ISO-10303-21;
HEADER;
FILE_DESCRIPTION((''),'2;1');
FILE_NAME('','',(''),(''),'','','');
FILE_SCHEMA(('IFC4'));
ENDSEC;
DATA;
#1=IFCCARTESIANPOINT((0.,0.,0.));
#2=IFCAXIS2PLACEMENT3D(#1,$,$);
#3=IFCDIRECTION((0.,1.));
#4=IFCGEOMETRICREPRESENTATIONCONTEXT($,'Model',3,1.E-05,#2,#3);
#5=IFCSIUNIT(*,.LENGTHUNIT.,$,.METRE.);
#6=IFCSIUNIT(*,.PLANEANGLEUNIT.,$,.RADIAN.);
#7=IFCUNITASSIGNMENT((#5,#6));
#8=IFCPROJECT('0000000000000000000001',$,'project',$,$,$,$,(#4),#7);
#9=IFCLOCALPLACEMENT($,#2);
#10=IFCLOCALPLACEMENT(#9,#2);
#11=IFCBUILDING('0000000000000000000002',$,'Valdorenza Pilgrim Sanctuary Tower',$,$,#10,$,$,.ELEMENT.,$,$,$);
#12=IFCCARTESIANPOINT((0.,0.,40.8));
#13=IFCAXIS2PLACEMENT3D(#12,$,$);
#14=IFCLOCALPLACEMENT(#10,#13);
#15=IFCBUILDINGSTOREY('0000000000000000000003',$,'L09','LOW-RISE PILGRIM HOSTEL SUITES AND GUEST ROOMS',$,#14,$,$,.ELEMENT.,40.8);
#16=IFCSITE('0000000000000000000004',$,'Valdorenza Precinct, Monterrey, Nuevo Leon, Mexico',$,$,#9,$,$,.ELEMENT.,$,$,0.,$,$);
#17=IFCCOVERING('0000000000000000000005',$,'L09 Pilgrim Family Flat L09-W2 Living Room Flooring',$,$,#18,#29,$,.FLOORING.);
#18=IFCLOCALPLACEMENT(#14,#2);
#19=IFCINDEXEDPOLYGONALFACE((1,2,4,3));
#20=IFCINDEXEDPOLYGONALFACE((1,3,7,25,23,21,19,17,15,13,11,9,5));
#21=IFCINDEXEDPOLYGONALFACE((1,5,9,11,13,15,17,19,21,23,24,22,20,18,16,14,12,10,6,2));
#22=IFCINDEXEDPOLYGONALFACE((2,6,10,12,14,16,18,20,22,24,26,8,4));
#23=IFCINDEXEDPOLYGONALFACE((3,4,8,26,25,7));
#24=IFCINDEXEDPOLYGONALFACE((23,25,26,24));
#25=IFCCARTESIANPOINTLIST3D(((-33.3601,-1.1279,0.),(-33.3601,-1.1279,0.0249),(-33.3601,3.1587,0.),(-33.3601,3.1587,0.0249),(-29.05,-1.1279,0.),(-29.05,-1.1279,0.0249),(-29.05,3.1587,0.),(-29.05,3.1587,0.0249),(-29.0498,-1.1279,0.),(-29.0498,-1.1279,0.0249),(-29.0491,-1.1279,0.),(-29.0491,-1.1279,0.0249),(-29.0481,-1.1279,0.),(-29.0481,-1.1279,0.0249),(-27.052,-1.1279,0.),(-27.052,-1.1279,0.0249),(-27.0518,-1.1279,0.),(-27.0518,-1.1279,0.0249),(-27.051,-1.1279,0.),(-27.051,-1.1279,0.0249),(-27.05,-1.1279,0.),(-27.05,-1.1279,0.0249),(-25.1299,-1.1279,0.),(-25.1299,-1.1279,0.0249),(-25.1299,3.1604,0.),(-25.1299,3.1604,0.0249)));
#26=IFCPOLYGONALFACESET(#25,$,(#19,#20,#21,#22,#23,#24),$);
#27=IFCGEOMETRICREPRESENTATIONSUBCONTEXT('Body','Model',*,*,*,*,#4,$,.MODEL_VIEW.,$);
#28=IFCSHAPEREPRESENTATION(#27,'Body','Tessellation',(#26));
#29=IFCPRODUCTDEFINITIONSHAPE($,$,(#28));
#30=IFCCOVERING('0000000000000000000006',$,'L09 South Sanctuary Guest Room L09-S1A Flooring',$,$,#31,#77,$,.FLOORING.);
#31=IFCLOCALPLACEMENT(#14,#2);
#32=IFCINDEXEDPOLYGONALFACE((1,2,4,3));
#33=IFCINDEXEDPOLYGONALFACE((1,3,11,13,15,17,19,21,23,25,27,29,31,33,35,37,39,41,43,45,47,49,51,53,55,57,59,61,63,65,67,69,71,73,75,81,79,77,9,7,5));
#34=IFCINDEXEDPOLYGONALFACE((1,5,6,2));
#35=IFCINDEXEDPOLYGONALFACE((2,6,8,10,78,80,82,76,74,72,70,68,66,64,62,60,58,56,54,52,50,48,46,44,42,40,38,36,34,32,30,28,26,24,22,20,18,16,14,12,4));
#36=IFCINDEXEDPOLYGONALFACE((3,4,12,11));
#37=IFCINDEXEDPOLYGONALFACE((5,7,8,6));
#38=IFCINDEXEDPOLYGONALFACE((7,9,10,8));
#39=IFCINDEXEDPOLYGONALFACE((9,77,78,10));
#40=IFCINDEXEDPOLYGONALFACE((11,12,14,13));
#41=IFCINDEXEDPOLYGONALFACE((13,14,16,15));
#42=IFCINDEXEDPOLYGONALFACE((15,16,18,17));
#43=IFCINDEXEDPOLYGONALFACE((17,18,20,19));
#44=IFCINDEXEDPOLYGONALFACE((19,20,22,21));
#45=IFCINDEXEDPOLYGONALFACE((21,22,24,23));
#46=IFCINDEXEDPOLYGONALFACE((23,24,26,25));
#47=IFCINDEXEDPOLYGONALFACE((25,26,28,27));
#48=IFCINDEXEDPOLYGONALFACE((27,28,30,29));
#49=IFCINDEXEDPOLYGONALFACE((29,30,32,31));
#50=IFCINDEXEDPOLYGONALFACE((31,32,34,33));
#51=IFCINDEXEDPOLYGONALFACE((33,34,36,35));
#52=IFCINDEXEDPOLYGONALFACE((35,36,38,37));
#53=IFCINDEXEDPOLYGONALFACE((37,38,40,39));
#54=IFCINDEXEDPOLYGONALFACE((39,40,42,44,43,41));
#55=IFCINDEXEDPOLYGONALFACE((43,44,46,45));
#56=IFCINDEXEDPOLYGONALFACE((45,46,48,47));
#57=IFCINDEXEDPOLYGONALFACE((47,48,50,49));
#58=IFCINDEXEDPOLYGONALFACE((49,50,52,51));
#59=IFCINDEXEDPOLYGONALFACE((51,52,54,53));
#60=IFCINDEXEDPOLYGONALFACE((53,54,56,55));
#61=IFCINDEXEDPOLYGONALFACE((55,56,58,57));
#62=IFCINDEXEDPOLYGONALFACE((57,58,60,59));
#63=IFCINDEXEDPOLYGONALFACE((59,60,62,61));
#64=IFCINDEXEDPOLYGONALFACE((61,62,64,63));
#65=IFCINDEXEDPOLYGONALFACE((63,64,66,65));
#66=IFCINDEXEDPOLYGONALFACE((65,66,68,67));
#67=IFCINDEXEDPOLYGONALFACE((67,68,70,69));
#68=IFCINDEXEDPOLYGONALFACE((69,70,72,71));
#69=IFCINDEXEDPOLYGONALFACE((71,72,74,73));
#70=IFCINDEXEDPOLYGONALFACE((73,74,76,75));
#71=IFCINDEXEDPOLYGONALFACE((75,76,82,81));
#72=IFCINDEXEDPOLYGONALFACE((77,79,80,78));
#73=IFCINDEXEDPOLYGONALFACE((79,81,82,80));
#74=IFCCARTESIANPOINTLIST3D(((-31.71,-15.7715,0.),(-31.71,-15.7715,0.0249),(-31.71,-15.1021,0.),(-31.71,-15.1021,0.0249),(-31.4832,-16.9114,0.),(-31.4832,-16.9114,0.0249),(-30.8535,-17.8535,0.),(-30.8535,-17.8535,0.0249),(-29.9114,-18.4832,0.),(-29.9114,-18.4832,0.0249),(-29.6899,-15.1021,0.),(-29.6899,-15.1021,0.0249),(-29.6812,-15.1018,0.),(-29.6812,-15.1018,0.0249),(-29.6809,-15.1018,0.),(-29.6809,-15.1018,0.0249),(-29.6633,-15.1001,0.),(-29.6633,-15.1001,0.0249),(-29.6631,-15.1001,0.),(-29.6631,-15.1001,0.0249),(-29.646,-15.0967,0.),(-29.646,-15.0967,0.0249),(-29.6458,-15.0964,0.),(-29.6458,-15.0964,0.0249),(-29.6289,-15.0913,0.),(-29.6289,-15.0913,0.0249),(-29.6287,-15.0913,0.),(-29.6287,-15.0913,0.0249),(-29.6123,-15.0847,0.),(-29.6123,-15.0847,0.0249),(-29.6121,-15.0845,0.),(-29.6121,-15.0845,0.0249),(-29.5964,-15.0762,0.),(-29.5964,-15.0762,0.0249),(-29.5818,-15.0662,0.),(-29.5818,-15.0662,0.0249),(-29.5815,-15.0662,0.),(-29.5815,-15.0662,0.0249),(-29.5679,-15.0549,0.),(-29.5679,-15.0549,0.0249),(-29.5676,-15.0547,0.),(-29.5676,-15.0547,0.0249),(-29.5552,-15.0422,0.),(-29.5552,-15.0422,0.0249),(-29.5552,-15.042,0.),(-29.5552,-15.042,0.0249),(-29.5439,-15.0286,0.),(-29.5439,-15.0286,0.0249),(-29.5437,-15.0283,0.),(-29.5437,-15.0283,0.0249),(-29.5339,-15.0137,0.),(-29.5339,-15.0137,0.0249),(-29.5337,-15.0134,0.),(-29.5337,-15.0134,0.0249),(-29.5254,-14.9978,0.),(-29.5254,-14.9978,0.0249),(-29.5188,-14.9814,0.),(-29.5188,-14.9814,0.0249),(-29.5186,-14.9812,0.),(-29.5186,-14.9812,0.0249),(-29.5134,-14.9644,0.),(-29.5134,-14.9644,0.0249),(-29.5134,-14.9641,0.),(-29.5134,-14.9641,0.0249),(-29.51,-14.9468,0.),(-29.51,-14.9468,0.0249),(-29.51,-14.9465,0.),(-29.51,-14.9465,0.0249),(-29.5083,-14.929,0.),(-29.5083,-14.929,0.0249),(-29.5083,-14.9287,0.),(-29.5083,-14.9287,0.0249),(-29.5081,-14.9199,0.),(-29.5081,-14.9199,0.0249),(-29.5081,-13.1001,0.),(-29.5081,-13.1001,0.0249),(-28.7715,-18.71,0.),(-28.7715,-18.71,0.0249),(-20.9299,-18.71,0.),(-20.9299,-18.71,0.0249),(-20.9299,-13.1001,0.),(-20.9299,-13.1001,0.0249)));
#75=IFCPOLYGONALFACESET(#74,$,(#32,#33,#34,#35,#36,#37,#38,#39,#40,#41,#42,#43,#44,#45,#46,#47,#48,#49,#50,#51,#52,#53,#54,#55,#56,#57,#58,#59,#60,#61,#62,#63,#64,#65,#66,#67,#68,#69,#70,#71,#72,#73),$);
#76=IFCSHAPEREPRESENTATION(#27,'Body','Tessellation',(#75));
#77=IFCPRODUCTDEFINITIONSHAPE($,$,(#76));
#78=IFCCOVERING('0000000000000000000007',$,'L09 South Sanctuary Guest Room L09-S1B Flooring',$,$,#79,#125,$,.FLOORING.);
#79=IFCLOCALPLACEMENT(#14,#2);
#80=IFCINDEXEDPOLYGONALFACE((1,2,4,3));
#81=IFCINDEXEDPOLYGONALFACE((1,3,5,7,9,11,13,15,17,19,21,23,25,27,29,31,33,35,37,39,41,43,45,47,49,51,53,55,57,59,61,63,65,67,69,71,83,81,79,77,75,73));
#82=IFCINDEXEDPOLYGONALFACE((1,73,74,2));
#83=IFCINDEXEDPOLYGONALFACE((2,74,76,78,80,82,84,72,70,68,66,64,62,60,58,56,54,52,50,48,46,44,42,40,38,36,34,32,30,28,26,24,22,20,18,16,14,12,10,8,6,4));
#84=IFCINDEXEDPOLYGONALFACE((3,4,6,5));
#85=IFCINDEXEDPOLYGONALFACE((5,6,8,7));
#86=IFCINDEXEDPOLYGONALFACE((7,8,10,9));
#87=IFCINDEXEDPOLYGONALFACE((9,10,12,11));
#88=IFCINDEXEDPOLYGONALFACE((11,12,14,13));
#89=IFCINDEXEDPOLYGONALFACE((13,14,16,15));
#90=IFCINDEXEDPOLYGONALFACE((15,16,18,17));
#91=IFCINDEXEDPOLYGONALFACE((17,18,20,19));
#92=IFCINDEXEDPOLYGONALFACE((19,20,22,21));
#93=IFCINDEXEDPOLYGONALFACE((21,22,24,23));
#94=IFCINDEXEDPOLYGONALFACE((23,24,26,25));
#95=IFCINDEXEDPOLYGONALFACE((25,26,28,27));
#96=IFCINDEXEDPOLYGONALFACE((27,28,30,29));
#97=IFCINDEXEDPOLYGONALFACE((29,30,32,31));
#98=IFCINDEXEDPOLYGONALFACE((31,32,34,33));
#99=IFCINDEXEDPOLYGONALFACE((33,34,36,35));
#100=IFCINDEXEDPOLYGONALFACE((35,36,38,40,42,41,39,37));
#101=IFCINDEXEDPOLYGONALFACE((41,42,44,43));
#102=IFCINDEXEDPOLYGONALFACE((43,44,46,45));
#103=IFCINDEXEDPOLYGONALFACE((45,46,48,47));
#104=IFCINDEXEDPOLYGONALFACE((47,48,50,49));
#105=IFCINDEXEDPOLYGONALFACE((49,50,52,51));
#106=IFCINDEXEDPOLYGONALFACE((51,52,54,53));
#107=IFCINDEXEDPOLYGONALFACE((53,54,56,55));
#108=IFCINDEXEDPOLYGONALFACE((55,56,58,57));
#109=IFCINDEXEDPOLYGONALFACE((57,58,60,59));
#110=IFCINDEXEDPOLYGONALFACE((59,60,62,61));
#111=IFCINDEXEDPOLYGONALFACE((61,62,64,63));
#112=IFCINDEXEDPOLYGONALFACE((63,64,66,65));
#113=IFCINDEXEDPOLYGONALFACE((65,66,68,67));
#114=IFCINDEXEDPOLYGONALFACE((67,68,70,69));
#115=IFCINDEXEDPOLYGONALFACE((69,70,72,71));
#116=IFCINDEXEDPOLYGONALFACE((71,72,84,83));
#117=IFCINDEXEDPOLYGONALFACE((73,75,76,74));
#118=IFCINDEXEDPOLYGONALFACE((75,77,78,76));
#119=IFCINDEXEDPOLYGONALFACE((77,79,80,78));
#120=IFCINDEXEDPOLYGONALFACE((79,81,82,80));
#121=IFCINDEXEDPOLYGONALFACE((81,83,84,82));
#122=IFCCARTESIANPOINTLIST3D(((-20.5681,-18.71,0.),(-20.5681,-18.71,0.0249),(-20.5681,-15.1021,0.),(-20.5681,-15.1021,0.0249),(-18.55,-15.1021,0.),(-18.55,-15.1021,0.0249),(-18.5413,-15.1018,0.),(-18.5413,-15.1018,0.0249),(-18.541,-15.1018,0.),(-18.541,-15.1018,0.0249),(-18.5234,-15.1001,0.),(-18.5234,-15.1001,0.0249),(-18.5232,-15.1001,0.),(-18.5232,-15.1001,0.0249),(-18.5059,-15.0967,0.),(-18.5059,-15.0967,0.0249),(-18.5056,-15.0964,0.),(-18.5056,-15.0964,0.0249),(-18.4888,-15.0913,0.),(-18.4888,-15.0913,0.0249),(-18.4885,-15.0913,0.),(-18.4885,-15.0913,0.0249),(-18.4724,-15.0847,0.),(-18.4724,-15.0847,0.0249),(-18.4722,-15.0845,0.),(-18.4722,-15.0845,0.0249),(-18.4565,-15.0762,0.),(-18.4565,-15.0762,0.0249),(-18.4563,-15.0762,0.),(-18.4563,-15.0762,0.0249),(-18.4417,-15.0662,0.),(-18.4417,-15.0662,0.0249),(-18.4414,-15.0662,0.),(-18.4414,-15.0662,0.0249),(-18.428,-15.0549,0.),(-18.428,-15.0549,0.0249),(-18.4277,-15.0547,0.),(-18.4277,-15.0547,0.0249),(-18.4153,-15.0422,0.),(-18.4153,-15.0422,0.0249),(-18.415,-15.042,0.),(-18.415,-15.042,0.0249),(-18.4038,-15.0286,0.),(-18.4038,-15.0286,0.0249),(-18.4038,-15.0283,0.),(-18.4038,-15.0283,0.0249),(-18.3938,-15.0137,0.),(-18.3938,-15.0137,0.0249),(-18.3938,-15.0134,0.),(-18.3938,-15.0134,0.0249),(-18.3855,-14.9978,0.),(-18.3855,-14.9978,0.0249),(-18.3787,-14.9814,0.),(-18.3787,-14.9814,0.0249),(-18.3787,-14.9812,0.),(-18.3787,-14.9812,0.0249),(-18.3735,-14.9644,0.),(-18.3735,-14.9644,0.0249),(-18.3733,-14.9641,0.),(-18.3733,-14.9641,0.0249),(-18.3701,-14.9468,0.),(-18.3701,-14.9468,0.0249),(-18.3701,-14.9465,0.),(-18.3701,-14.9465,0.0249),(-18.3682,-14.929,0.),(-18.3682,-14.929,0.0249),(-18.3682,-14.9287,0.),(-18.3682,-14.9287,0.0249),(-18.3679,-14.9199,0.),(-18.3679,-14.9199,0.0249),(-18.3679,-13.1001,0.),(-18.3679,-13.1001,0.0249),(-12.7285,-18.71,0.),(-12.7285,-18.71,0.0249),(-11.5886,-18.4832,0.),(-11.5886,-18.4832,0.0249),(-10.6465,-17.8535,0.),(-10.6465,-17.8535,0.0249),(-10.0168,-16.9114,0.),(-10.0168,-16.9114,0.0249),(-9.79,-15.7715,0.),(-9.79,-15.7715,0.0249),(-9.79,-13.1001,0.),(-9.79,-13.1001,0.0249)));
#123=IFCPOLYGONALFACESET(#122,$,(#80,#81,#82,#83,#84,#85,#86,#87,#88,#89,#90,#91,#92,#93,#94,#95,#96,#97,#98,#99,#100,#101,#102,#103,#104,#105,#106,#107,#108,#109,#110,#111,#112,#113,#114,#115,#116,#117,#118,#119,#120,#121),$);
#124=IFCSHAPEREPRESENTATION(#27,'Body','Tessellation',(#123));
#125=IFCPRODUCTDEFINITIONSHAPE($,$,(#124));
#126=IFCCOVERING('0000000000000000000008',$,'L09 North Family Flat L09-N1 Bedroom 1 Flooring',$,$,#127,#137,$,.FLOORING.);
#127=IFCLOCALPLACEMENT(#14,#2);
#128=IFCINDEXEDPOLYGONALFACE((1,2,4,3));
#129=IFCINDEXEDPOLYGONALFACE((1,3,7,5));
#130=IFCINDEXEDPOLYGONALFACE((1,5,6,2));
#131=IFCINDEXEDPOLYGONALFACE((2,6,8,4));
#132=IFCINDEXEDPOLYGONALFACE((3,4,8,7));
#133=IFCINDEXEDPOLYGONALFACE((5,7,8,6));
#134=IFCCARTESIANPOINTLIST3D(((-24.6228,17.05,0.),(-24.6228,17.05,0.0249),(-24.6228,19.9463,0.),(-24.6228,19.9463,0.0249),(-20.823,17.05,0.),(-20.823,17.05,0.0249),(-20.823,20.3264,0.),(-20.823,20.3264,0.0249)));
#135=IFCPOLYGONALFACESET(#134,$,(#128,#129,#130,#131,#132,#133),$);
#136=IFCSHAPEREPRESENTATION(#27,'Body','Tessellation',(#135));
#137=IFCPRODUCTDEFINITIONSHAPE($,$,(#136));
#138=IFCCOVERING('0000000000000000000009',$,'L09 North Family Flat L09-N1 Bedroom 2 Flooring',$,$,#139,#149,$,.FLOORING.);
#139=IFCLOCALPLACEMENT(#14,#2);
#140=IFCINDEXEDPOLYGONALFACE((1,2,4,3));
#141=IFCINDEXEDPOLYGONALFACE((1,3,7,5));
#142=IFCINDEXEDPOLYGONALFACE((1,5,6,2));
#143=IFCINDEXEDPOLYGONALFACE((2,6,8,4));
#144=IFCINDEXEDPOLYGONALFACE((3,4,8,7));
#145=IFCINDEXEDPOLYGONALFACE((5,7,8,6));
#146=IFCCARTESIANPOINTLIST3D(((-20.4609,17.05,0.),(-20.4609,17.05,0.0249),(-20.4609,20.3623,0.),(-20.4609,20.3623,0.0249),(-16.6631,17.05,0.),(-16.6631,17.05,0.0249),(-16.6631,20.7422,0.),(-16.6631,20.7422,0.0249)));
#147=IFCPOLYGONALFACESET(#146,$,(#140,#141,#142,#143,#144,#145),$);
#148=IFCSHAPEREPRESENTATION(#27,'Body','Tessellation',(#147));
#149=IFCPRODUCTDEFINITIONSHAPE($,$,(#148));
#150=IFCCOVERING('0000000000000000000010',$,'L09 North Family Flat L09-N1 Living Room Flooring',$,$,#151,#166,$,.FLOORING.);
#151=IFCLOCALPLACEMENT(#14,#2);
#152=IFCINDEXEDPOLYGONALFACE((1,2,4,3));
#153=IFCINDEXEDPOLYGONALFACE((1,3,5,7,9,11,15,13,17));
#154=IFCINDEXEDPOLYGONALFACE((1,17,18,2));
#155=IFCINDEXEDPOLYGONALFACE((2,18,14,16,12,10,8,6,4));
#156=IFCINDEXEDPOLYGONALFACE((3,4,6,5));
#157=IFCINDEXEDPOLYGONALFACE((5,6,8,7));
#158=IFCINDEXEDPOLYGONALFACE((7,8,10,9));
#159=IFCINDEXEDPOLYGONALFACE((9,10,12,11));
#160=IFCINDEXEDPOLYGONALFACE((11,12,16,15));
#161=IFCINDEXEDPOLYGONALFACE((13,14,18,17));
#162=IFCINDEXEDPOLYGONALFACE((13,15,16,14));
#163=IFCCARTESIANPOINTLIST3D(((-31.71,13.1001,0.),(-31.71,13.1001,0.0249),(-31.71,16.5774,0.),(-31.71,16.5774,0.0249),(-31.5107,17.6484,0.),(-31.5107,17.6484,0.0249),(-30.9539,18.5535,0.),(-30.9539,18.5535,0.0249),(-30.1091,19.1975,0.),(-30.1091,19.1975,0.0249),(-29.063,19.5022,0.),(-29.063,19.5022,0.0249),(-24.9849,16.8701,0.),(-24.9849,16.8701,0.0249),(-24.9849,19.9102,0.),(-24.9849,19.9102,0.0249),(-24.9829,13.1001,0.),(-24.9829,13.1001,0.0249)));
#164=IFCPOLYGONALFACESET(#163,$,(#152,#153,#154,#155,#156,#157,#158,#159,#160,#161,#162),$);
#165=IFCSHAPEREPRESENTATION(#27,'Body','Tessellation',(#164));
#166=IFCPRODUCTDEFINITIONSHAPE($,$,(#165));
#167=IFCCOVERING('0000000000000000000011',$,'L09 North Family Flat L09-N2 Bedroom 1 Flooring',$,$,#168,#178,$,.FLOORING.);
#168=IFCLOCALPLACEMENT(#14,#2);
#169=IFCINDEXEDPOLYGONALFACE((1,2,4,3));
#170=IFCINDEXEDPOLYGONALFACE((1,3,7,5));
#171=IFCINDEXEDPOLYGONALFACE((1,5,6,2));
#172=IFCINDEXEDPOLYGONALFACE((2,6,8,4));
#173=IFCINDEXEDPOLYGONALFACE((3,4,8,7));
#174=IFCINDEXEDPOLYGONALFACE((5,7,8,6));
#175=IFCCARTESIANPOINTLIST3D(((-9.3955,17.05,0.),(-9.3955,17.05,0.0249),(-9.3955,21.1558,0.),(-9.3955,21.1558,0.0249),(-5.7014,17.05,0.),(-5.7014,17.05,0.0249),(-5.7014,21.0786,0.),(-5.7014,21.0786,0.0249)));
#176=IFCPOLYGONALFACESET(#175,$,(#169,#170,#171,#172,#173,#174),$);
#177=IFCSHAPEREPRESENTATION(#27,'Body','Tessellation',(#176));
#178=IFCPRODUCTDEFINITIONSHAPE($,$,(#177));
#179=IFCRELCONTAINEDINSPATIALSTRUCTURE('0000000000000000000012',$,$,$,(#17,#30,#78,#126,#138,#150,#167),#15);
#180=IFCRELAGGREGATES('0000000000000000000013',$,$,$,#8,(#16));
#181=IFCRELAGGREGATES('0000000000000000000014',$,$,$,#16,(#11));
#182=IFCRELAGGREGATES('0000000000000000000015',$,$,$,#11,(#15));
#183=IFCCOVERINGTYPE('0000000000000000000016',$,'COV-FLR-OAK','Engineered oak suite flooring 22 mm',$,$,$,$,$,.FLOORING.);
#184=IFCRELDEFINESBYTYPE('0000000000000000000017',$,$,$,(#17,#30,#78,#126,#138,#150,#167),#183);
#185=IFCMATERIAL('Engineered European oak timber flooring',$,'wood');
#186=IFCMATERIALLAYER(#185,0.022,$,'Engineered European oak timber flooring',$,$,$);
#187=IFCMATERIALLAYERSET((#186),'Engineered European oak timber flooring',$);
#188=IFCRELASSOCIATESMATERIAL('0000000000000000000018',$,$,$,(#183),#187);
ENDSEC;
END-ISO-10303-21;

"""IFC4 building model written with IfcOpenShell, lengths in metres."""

from ifc_helpers import new_model, si_unit, direction, frame, origin, place, context, subcontext, project, spatial, polyline, outline, extrude, material, layer, layer_set, type_object, element, save


model = new_model("IFC4")

# Units and contexts
model_context = context("Model", 3, precision=1e-05, world=origin(), true_north=direction((0.0, 1.0)))
body_context = subcontext(model_context, "Body", "Model", "MODEL_VIEW")
ifc_project = project(units=[si_unit("LENGTHUNIT", "METRE"), si_unit("PLANEANGLEUNIT", "RADIAN")], contexts=[model_context])

# Site, building, storey
site_placement = place(None, origin())
site = spatial("IfcSite", under=ifc_project, at=site_placement, Name="Valdorenza Precinct, Monterrey, Nuevo Leon, Mexico", CompositionType="ELEMENT", RefElevation=0.0)
building_placement = place(site_placement, origin())
building = spatial("IfcBuilding", under=site, at=building_placement, Name="Valdorenza Pilgrim Sanctuary Tower", CompositionType="ELEMENT")
storey_placement = place(building_placement, frame((0.0, 0.0, 40.8)))
storey = spatial("IfcBuildingStorey", under=building, at=storey_placement, Name="L09", Description="LOW-RISE PILGRIM HOSTEL SUITES AND GUEST ROOMS", CompositionType="ELEMENT", Elevation=40.8)

# Coverings
ifc_material_1 = material(Name="Engineered European oak timber flooring", Category="wood")
ifc_layer_1 = layer(ifc_material_1, 0.022, Name="Engineered European oak timber flooring")
ifc_layer_set_1 = layer_set([ifc_layer_1], Name="Engineered European oak timber flooring")
covering_type_1 = type_object("IfcCoveringType", Name="COV-FLR-OAK", Description="Engineered oak suite flooring 22 mm", PredefinedType="FLOORING", material=ifc_layer_set_1)
covering_1_placement = place(storey_placement, origin())
element("IfcCovering", 1, at=covering_1_placement, inside=storey, type_object=covering_type_1, Name="L09 Pilgrim Family Flat L09-W2 Living Room Flooring", PredefinedType="FLOORING", context=body_context, shape_type="SweptSolid", body=[
    extrude(outline(polyline([(-29.0498, -1.1279), (-29.05, -1.1279), (-33.3601, -1.1279), (-33.3601, 3.1587), (-29.05, 3.1587), (-25.1299, 3.1604), (-25.1299, -1.1279), (-27.05, -1.1279), (-27.051, -1.1279), (-27.0518, -1.1279), (-27.052, -1.1279), (-29.0481, -1.1279), (-29.0491, -1.1279), (-29.0498, -1.1279)])), origin(), (0.0, 0.0, 1.0), 0.0249),
])
covering_2_placement = place(storey_placement, origin())
element("IfcCovering", 2, at=covering_2_placement, inside=storey, type_object=covering_type_1, Name="L09 South Sanctuary Guest Room L09-S1A Flooring", PredefinedType="FLOORING", context=body_context, shape_type="SweptSolid", body=[
    extrude(outline(polyline([(-28.7715, -18.71), (-29.9114, -18.4832), (-30.8535, -17.8535), (-31.4832, -16.9114), (-31.71, -15.7715), (-31.71, -15.1021), (-29.6899, -15.1021), (-29.6812, -15.1018), (-29.6809, -15.1018), (-29.6633, -15.1001), (-29.6631, -15.1001), (-29.646, -15.0967), (-29.6458, -15.0964), (-29.6289, -15.0913), (-29.6287, -15.0913), (-29.6123, -15.0847), (-29.6121, -15.0845), (-29.5964, -15.0762), (-29.5964, -15.0762), (-29.5818, -15.0662), (-29.5815, -15.0662), (-29.5679, -15.0549), (-29.5676, -15.0547), (-29.5552, -15.0422), (-29.5552, -15.042), (-29.5439, -15.0286), (-29.5437, -15.0283), (-29.5339, -15.0137), (-29.5337, -15.0134), (-29.5254, -14.9978), (-29.5254, -14.9978), (-29.5188, -14.9814), (-29.5186, -14.9812), (-29.5134, -14.9644), (-29.5134, -14.9641), (-29.51, -14.9468), (-29.51, -14.9465), (-29.5083, -14.929), (-29.5083, -14.9287), (-29.5081, -14.9199), (-29.5081, -13.1001), (-20.9299, -13.1001), (-20.9299, -18.71), (-28.7715, -18.71)])), origin(), (0.0, 0.0, 1.0), 0.0249),
])
covering_3_placement = place(storey_placement, origin())
element("IfcCovering", 3, at=covering_3_placement, inside=storey, type_object=covering_type_1, Name="L09 South Sanctuary Guest Room L09-S1B Flooring", PredefinedType="FLOORING", context=body_context, shape_type="SweptSolid", body=[
    extrude(outline(polyline([(-10.0168, -16.9114), (-10.6465, -17.8535), (-11.5886, -18.4832), (-12.7285, -18.71), (-20.5681, -18.71), (-20.5681, -15.1021), (-18.55, -15.1021), (-18.5413, -15.1018), (-18.541, -15.1018), (-18.5234, -15.1001), (-18.5232, -15.1001), (-18.5059, -15.0967), (-18.5056, -15.0964), (-18.4888, -15.0913), (-18.4885, -15.0913), (-18.4724, -15.0847), (-18.4722, -15.0845), (-18.4565, -15.0762), (-18.4563, -15.0762), (-18.4417, -15.0662), (-18.4414, -15.0662), (-18.428, -15.0549), (-18.4277, -15.0547), (-18.4153, -15.0422), (-18.415, -15.042), (-18.4038, -15.0286), (-18.4038, -15.0283), (-18.3938, -15.0137), (-18.3938, -15.0134), (-18.3855, -14.9978), (-18.3855, -14.9978), (-18.3787, -14.9814), (-18.3787, -14.9812), (-18.3735, -14.9644), (-18.3733, -14.9641), (-18.3701, -14.9468), (-18.3701, -14.9465), (-18.3682, -14.929), (-18.3682, -14.9287), (-18.3679, -14.9199), (-18.3679, -13.1001), (-9.79, -13.1001), (-9.79, -15.7715), (-10.0168, -16.9114)])), origin(), (0.0, 0.0, 1.0), 0.0249),
])
covering_4_placement = place(storey_placement, origin())
element("IfcCovering", 4, at=covering_4_placement, inside=storey, type_object=covering_type_1, Name="L09 North Family Flat L09-N1 Bedroom 1 Flooring", PredefinedType="FLOORING", context=body_context, shape_type="SweptSolid", body=[
    extrude(outline(polyline([(-24.6228, 17.05), (-24.6228, 19.9463), (-20.823, 20.3264), (-20.823, 17.05), (-24.6228, 17.05)])), origin(), (0.0, 0.0, 1.0), 0.0249),
])
covering_5_placement = place(storey_placement, origin())
element("IfcCovering", 5, at=covering_5_placement, inside=storey, type_object=covering_type_1, Name="L09 North Family Flat L09-N1 Bedroom 2 Flooring", PredefinedType="FLOORING", context=body_context, shape_type="SweptSolid", body=[
    extrude(outline(polyline([(-20.4609, 17.05), (-20.4609, 20.3623), (-16.6631, 20.7422), (-16.6631, 17.05), (-20.4609, 17.05)])), origin(), (0.0, 0.0, 1.0), 0.0249),
])
covering_6_placement = place(storey_placement, origin())
element("IfcCovering", 6, at=covering_6_placement, inside=storey, type_object=covering_type_1, Name="L09 North Family Flat L09-N1 Living Room Flooring", PredefinedType="FLOORING", context=body_context, shape_type="SweptSolid", body=[
    extrude(outline(polyline([(-31.71, 13.1001), (-31.71, 16.5774), (-31.5107, 17.6484), (-30.9539, 18.5535), (-30.1091, 19.1975), (-29.063, 19.5022), (-24.9849, 19.9102), (-24.9849, 16.8701), (-24.9829, 13.1001), (-31.71, 13.1001)])), origin(), (0.0, 0.0, 1.0), 0.0249),
])
covering_7_placement = place(storey_placement, origin())
element("IfcCovering", 7, at=covering_7_placement, inside=storey, type_object=covering_type_1, Name="L09 North Family Flat L09-N2 Bedroom 1 Flooring", PredefinedType="FLOORING", context=body_context, shape_type="SweptSolid", body=[
    extrude(outline(polyline([(-9.3955, 17.05), (-9.3955, 21.1558), (-5.7014, 21.0786), (-5.7014, 17.05), (-9.3955, 17.05)])), origin(), (0.0, 0.0, 1.0), 0.0249),
])

save(model, "model.ifc")
